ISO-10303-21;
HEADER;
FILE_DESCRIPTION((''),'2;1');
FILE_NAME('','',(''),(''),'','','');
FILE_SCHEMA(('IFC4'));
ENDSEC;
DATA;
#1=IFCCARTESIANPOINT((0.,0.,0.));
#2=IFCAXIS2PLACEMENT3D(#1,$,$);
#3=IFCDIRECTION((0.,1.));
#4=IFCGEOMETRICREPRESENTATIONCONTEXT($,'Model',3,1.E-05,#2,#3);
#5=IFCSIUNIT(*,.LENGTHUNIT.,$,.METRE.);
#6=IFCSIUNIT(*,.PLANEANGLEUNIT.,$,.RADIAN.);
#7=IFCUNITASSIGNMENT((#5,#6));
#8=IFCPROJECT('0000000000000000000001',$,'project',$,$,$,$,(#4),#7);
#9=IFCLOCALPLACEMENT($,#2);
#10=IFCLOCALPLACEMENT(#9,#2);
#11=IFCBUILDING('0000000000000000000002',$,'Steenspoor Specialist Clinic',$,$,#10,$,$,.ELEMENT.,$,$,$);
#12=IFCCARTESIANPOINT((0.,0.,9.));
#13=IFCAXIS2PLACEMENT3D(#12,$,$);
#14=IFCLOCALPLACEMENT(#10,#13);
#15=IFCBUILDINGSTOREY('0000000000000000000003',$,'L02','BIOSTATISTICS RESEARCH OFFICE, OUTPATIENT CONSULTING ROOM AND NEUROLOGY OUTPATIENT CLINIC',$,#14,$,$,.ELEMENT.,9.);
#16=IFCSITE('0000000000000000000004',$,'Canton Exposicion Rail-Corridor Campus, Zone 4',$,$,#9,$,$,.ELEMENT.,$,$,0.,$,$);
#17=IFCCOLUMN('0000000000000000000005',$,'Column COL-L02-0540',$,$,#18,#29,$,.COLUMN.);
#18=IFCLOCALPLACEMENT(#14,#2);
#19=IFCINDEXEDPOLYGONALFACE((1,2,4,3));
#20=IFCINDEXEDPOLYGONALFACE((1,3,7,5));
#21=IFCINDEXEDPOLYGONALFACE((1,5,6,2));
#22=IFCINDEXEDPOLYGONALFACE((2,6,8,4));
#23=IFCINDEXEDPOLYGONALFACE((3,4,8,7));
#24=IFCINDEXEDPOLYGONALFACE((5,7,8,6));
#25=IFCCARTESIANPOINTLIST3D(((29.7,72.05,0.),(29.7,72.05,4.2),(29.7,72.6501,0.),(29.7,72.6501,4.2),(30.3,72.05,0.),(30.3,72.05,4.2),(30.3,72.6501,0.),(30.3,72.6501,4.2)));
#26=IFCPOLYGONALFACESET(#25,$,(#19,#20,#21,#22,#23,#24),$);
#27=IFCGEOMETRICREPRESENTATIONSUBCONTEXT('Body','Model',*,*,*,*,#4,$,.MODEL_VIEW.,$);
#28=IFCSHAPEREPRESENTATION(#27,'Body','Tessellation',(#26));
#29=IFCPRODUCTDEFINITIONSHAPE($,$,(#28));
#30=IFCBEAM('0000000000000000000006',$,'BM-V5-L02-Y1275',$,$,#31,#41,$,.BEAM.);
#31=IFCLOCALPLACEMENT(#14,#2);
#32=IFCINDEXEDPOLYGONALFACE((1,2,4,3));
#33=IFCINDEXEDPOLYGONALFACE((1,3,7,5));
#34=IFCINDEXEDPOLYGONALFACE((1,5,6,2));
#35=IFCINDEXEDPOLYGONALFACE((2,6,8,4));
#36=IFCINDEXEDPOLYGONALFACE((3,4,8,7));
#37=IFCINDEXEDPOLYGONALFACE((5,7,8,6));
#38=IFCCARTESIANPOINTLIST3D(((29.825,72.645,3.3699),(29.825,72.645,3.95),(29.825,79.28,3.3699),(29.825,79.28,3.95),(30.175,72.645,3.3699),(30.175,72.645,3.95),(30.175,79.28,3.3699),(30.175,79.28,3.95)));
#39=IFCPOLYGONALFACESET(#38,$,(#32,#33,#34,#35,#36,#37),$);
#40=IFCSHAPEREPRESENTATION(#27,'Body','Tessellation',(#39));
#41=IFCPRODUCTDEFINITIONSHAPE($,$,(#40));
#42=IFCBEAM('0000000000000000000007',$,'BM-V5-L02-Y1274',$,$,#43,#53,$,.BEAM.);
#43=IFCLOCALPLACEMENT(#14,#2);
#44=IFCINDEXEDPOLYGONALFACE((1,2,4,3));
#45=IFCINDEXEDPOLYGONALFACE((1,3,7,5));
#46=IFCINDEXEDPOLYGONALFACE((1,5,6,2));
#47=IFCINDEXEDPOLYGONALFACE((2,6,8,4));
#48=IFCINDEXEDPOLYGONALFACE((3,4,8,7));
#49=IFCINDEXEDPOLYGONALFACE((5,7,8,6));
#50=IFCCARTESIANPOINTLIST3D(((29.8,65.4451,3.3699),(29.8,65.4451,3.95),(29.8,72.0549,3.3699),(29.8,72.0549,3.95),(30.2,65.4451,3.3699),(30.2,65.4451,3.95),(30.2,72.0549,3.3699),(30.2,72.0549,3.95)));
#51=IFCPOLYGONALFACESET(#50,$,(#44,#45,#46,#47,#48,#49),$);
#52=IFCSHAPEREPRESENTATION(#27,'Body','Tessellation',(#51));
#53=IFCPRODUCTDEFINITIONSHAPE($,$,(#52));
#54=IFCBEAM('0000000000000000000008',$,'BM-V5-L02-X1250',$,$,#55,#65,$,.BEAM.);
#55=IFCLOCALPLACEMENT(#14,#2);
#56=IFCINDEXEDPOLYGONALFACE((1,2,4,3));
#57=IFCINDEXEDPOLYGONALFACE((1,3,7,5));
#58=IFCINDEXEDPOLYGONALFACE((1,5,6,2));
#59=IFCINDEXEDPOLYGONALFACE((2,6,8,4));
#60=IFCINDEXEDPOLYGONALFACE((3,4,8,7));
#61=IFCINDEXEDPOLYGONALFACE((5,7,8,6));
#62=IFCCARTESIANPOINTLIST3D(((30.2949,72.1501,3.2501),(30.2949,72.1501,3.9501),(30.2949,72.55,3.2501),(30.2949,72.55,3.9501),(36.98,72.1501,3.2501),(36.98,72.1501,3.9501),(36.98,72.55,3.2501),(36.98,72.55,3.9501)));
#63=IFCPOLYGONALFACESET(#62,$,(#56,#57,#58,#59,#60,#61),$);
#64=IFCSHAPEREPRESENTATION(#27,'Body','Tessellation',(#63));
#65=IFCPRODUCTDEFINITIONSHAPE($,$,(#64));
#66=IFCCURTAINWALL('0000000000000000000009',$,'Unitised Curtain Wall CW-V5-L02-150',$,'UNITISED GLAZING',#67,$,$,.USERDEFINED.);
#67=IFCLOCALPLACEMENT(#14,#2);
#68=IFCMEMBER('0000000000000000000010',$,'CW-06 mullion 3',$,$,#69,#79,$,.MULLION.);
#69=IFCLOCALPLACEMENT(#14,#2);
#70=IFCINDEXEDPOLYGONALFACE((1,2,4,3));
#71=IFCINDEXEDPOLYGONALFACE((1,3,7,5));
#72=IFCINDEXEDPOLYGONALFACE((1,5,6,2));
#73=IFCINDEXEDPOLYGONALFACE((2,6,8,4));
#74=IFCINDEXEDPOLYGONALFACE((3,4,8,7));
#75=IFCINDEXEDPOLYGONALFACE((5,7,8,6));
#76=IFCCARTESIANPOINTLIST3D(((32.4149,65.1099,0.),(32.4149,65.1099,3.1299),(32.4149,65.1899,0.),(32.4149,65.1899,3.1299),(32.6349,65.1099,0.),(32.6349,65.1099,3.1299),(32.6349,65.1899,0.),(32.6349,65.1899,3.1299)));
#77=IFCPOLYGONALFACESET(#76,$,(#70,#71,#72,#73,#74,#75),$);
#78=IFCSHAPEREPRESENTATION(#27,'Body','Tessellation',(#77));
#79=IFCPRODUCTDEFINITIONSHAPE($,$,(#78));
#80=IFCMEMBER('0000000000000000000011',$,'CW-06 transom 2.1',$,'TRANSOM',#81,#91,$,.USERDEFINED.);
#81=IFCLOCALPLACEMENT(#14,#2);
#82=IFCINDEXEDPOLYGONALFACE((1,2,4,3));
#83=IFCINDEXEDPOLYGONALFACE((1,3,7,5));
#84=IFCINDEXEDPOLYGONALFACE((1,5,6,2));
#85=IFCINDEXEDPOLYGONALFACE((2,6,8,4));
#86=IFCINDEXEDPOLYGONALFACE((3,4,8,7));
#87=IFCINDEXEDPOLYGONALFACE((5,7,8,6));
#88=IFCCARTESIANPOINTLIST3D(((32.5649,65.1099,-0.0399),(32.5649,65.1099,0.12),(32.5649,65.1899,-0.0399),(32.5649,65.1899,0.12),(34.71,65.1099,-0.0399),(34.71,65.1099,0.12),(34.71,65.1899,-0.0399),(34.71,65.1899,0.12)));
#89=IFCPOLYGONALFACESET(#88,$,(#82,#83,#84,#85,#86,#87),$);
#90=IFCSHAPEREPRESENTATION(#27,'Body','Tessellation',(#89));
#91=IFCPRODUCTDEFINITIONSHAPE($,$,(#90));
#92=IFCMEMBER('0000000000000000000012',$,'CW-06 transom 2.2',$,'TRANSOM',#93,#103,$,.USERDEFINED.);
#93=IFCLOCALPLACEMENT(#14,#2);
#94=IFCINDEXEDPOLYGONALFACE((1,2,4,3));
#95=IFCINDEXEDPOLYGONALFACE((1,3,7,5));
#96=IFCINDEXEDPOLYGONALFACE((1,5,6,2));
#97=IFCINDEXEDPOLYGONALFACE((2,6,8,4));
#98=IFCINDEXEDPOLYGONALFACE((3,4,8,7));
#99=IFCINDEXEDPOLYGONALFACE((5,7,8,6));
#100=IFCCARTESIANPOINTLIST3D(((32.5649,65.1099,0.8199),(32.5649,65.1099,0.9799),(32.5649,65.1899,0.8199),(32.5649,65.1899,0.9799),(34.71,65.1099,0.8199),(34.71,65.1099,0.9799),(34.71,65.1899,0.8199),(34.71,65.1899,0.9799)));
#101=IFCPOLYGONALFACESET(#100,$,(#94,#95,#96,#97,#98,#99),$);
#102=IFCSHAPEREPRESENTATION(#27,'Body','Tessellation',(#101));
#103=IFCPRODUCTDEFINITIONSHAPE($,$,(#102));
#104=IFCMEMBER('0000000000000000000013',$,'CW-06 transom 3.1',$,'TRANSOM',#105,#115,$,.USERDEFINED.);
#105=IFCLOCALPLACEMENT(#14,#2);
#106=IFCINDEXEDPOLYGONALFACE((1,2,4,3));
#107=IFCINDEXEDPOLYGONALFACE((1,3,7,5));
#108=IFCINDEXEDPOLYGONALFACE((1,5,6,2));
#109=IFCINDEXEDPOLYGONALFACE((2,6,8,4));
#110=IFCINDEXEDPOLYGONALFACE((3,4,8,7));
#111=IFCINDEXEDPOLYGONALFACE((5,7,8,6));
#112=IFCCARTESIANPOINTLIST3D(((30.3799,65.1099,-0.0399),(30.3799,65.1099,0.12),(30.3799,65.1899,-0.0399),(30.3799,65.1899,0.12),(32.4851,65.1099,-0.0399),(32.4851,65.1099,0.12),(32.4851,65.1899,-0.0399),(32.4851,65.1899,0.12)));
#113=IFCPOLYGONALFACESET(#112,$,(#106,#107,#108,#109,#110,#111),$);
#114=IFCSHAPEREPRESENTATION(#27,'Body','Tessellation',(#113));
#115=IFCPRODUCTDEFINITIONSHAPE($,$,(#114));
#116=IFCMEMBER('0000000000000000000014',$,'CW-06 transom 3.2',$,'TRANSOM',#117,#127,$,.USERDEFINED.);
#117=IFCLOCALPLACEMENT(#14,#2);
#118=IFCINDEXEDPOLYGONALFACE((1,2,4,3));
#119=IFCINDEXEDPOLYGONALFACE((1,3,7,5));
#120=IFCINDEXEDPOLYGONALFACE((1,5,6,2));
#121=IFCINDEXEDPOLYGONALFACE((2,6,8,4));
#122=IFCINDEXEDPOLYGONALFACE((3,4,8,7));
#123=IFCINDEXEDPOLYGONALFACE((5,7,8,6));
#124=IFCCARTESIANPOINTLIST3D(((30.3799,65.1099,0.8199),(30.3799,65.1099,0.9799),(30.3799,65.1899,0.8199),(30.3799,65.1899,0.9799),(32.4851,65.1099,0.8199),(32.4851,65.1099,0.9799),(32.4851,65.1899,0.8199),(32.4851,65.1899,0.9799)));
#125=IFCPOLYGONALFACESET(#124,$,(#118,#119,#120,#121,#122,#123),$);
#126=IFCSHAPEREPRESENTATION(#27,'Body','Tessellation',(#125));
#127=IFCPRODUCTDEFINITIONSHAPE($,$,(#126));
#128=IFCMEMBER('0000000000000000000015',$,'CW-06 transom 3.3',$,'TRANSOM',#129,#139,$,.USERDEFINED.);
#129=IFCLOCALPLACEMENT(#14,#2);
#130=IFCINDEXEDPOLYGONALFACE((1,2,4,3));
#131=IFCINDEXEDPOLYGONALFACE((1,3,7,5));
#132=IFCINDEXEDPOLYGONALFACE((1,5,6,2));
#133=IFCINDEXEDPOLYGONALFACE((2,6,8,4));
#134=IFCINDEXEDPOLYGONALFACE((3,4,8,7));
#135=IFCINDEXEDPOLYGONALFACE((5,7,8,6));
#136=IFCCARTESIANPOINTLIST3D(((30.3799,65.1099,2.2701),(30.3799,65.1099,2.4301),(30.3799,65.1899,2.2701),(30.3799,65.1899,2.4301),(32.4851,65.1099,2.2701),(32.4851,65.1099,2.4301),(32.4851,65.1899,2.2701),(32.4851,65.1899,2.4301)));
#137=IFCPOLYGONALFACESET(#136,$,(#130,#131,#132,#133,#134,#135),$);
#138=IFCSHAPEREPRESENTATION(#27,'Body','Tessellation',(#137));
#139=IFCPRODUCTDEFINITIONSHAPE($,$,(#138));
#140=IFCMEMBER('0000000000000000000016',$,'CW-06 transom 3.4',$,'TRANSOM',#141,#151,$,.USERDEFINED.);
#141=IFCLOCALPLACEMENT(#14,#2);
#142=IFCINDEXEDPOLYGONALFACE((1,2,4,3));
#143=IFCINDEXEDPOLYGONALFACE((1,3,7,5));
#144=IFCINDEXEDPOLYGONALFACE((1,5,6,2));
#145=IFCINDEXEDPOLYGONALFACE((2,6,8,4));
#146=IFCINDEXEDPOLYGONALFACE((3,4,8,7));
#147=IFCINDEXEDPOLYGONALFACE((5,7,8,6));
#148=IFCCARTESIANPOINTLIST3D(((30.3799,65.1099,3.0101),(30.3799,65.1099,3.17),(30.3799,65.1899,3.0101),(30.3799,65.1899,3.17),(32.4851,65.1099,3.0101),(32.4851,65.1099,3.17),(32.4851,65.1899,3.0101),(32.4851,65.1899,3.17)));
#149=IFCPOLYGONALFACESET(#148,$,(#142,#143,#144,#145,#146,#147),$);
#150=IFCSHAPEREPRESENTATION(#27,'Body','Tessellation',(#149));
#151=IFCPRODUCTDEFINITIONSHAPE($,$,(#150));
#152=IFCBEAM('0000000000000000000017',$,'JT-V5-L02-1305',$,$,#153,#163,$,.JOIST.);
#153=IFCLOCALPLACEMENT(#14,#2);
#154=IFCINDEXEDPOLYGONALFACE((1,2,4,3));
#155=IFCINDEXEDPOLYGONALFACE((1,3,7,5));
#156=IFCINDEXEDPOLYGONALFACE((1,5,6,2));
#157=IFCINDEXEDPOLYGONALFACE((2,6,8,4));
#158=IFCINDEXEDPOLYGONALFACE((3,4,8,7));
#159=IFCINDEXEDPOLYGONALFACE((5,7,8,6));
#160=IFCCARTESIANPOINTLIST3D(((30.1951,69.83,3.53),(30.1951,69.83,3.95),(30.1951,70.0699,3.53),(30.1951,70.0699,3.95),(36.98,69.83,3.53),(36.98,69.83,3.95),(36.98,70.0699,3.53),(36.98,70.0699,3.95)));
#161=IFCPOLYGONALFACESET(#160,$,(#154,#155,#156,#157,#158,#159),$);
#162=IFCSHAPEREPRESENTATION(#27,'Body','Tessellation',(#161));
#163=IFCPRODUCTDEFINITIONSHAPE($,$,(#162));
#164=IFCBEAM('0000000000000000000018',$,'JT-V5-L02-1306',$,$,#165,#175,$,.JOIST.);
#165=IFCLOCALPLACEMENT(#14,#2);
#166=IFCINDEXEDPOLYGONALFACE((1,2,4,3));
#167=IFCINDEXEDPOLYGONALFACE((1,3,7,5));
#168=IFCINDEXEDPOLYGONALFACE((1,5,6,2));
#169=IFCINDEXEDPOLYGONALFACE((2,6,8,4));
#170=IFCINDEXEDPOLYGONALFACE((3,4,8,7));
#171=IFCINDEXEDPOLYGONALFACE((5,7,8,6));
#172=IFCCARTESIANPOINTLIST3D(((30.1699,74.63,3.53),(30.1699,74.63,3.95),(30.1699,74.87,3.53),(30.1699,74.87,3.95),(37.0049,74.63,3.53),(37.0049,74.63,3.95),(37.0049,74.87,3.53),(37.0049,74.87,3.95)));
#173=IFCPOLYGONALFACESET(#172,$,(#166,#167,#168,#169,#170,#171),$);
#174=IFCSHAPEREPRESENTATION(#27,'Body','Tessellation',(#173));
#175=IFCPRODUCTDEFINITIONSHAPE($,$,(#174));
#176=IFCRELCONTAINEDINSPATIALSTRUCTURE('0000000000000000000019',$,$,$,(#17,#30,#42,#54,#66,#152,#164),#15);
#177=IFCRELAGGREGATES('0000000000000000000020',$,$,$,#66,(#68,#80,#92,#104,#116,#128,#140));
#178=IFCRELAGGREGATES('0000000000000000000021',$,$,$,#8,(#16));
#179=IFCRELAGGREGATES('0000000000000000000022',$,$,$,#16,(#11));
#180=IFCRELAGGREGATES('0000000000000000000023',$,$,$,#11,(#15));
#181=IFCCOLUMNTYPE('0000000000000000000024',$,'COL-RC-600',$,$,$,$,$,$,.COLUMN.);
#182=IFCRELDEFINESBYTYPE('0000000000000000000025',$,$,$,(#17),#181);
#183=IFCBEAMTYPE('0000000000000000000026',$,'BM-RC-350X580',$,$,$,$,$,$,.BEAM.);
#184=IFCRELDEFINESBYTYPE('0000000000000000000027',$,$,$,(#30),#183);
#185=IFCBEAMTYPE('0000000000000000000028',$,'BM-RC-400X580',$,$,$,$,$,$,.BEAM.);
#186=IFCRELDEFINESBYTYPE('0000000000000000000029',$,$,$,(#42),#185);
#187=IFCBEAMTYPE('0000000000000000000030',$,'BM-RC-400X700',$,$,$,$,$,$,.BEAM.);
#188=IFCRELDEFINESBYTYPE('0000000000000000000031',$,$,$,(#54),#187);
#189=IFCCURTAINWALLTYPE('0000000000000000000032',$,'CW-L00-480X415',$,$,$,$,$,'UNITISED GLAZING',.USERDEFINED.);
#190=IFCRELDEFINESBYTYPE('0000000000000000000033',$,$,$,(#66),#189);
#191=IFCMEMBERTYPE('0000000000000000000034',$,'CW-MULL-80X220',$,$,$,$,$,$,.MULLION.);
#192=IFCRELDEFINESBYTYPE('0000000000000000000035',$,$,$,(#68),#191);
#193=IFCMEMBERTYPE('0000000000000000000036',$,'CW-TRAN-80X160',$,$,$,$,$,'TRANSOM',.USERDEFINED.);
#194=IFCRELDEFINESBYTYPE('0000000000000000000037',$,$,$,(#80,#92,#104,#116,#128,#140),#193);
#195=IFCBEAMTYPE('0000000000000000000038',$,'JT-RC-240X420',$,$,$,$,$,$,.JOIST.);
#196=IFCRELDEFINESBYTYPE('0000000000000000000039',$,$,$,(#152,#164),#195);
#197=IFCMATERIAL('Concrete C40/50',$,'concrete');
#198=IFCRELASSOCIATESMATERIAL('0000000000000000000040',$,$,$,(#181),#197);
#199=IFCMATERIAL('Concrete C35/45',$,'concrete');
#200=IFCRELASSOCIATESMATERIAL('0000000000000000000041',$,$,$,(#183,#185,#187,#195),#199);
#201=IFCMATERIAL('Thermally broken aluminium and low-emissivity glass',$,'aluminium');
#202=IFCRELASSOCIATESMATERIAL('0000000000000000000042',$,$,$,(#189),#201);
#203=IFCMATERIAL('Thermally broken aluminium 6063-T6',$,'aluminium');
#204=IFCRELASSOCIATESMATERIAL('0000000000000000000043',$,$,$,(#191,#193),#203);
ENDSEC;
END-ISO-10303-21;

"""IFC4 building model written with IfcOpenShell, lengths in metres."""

from ifc_helpers import new_model, si_unit, direction, frame, origin, origin_2d, place, context, subcontext, project, spatial, rectangle, extrude, material, material_profile, profile_set, type_object, element, aggregate, save


model = new_model("IFC4")

# Units and contexts
model_context = context("Model", 3, precision=1e-05, world=origin(), true_north=direction((0.0, 1.0)))
body_context = subcontext(model_context, "Body", "Model", "MODEL_VIEW")
ifc_project = project(units=[si_unit("LENGTHUNIT", "METRE"), si_unit("PLANEANGLEUNIT", "RADIAN")], contexts=[model_context])

# Site, building, storey
site_placement = place(None, origin())
site = spatial("IfcSite", under=ifc_project, at=site_placement, Name="Canton Exposicion Rail-Corridor Campus, Zone 4", CompositionType="ELEMENT", RefElevation=0.0)
building_placement = place(site_placement, origin())
building = spatial("IfcBuilding", under=site, at=building_placement, Name="Steenspoor Specialist Clinic", CompositionType="ELEMENT")
storey_placement = place(building_placement, frame((0.0, 0.0, 9.0)))
storey = spatial("IfcBuildingStorey", under=building, at=storey_placement, Name="L02", Description="BIOSTATISTICS RESEARCH OFFICE, OUTPATIENT CONSULTING ROOM AND NEUROLOGY OUTPATIENT CLINIC", CompositionType="ELEMENT", Elevation=9.0)

# Column
ifc_material_1 = material(Name="Concrete C40/50", Category="concrete")
ifc_material_profile_1 = material_profile(ifc_material_1, rectangle(XDim=0.6001, YDim=0.6001, at=origin_2d()), Name="RC-COL-600X600")
ifc_profile_set_1 = profile_set([ifc_material_profile_1], Name="Concrete C40/50")
column_type = type_object("IfcColumnType", Name="COL-RC-600", PredefinedType="COLUMN", material=ifc_profile_set_1)
column_placement = place(storey_placement, frame((30.0, 72.3501, 0.0), z_axis=(0.0, 0.0, 1.0), x_axis=(1.0, 0.0, 0.0)))
element("IfcColumn", 1, at=column_placement, inside=storey, type_object=column_type, Name="Column COL-L02-0540", PredefinedType="COLUMN", context=body_context, shape_type="SweptSolid", body=[
    extrude(rectangle(XDim=0.6001, YDim=0.6001, at=origin_2d()), origin(), (0.0, 0.0, 1.0), 4.2),
])

# Beams
ifc_material_2 = material(Name="Concrete C35/45", Category="concrete")
ifc_material_profile_2 = material_profile(ifc_material_2, rectangle(XDim=0.3501, YDim=0.5801, at=origin_2d()), Name="RC-BM-350X580")
ifc_profile_set_2 = profile_set([ifc_material_profile_2], Name="Concrete C35/45")
beam_type_1 = type_object("IfcBeamType", Name="BM-RC-350X580", PredefinedType="BEAM", material=ifc_profile_set_2)
beam_1_placement = place(storey_placement, frame((30.0, 72.645, 3.6599), z_axis=(0.0, 1.0, 0.0), x_axis=(-1.0, 0.0, 0.0)))
element("IfcBeam", 2, at=beam_1_placement, inside=storey, type_object=beam_type_1, Name="BM-V5-L02-Y1275", PredefinedType="BEAM", context=body_context, shape_type="SweptSolid", body=[
    extrude(rectangle(XDim=0.3501, YDim=0.5801, at=origin_2d()), origin(), (0.0, 0.0, 1.0), 6.635),
])
ifc_material_profile_3 = material_profile(ifc_material_2, rectangle(XDim=0.3999, YDim=0.5801, at=origin_2d()), Name="RC-BM-400X580")
ifc_profile_set_3 = profile_set([ifc_material_profile_3], Name="Concrete C35/45")
beam_type_2 = type_object("IfcBeamType", Name="BM-RC-400X580", PredefinedType="BEAM", material=ifc_profile_set_3)
beam_2_placement = place(storey_placement, frame((30.0, 65.4451, 3.6599), z_axis=(0.0, 1.0, 0.0), x_axis=(-1.0, 0.0, 0.0)))
element("IfcBeam", 3, at=beam_2_placement, inside=storey, type_object=beam_type_2, Name="BM-V5-L02-Y1274", PredefinedType="BEAM", context=body_context, shape_type="SweptSolid", body=[
    extrude(rectangle(XDim=0.3999, YDim=0.5801, at=origin_2d()), origin(), (0.0, 0.0, 1.0), 6.6099),
])
ifc_material_profile_4 = material_profile(ifc_material_2, rectangle(XDim=0.3999, YDim=0.7, at=origin_2d()), Name="RC-BM-400X700")
ifc_profile_set_4 = profile_set([ifc_material_profile_4], Name="Concrete C35/45")
beam_type_3 = type_object("IfcBeamType", Name="BM-RC-400X700", PredefinedType="BEAM", material=ifc_profile_set_4)
beam_3_placement = place(storey_placement, frame((30.2949, 72.3501, 3.6001), z_axis=(1.0, 0.0, 0.0), x_axis=(0.0, 1.0, 0.0)))
element("IfcBeam", 4, at=beam_3_placement, inside=storey, type_object=beam_type_3, Name="BM-V5-L02-X1250", PredefinedType="BEAM", context=body_context, shape_type="SweptSolid", body=[
    extrude(rectangle(XDim=0.3999, YDim=0.7, at=origin_2d()), origin(), (0.0, 0.0, 1.0), 6.6851),
])

# Curtain wall, members
ifc_material_3 = material(Name="Thermally broken aluminium and low-emissivity glass", Category="aluminium")
curtain_wall_type = type_object("IfcCurtainWallType", Name="CW-L00-480X415", ElementType="UNITISED GLAZING", PredefinedType="USERDEFINED", material=ifc_material_3)
curtain_wall_placement = place(storey_placement, origin())
curtain_wall = element("IfcCurtainWall", 5, at=curtain_wall_placement, inside=storey, type_object=curtain_wall_type, Name="Unitised Curtain Wall CW-V5-L02-150", ObjectType="UNITISED GLAZING", PredefinedType="USERDEFINED")
ifc_material_4 = material(Name="Thermally broken aluminium 6063-T6", Category="aluminium")
ifc_material_profile_5 = material_profile(ifc_material_4, rectangle(XDim=0.0801, YDim=0.22, at=origin_2d()), Name="CWM-80X220")
ifc_profile_set_5 = profile_set([ifc_material_profile_5], Name="Thermally broken aluminium 6063-T6")
member_type_1 = type_object("IfcMemberType", Name="CW-MULL-80X220", PredefinedType="MULLION", material=ifc_profile_set_5)
member_1_placement = place(storey_placement, frame((32.5249, 65.1499, 0.0), z_axis=(0.0, 0.0, 1.0), x_axis=(0.0, -1.0, 0.0)))
member_1 = element("IfcMember", 6, at=member_1_placement, type_object=member_type_1, Name="CW-06 mullion 3", PredefinedType="MULLION", context=body_context, shape_type="SweptSolid", body=[
    extrude(rectangle(XDim=0.0801, YDim=0.22, at=origin_2d()), origin(), (0.0, 0.0, 1.0), 3.1299),
])
ifc_material_profile_6 = material_profile(ifc_material_4, rectangle(XDim=0.0801, YDim=0.1599, at=origin_2d()), Name="CWT-80X160")
ifc_profile_set_6 = profile_set([ifc_material_profile_6], Name="Thermally broken aluminium 6063-T6")
member_type_2 = type_object("IfcMemberType", Name="CW-TRAN-80X160", ElementType="TRANSOM", PredefinedType="USERDEFINED", material=ifc_profile_set_6)
member_2_placement = place(storey_placement, frame((34.71, 65.1499, 0.04), z_axis=(-1.0, 0.0, 0.0), x_axis=(0.0, -1.0, 0.0)))
member_2 = element("IfcMember", 7, at=member_2_placement, type_object=member_type_2, Name="CW-06 transom 2.1", ObjectType="TRANSOM", PredefinedType="USERDEFINED", context=body_context, shape_type="SweptSolid", body=[
    extrude(rectangle(XDim=0.0801, YDim=0.1599, at=origin_2d()), origin(), (0.0, 0.0, 1.0), 2.145),
])
member_3_placement = place(storey_placement, frame((34.71, 65.1499, 0.8999), z_axis=(-1.0, 0.0, 0.0), x_axis=(0.0, -1.0, 0.0)))
member_3 = element("IfcMember", 8, at=member_3_placement, type_object=member_type_2, Name="CW-06 transom 2.2", ObjectType="TRANSOM", PredefinedType="USERDEFINED", context=body_context, shape_type="SweptSolid", body=[
    extrude(rectangle(XDim=0.0801, YDim=0.1599, at=origin_2d()), origin(), (0.0, 0.0, 1.0), 2.145),
])
member_4_placement = place(storey_placement, frame((32.4851, 65.1499, 0.04), z_axis=(-1.0, 0.0, 0.0), x_axis=(0.0, -1.0, 0.0)))
member_4 = element("IfcMember", 9, at=member_4_placement, type_object=member_type_2, Name="CW-06 transom 3.1", ObjectType="TRANSOM", PredefinedType="USERDEFINED", context=body_context, shape_type="SweptSolid", body=[
    extrude(rectangle(XDim=0.0801, YDim=0.1599, at=origin_2d()), origin(), (0.0, 0.0, 1.0), 2.1052),
])
member_5_placement = place(storey_placement, frame((32.4851, 65.1499, 0.8999), z_axis=(-1.0, 0.0, 0.0), x_axis=(0.0, -1.0, 0.0)))
member_5 = element("IfcMember", 10, at=member_5_placement, type_object=member_type_2, Name="CW-06 transom 3.2", ObjectType="TRANSOM", PredefinedType="USERDEFINED", context=body_context, shape_type="SweptSolid", body=[
    extrude(rectangle(XDim=0.0801, YDim=0.1599, at=origin_2d()), origin(), (0.0, 0.0, 1.0), 2.1052),
])
member_6_placement = place(storey_placement, frame((32.4851, 65.1499, 2.3501), z_axis=(-1.0, 0.0, 0.0), x_axis=(0.0, -1.0, 0.0)))
member_6 = element("IfcMember", 11, at=member_6_placement, type_object=member_type_2, Name="CW-06 transom 3.3", ObjectType="TRANSOM", PredefinedType="USERDEFINED", context=body_context, shape_type="SweptSolid", body=[
    extrude(rectangle(XDim=0.0801, YDim=0.1599, at=origin_2d()), origin(), (0.0, 0.0, 1.0), 2.1052),
])
member_7_placement = place(storey_placement, frame((32.4851, 65.1499, 3.0901), z_axis=(-1.0, 0.0, 0.0), x_axis=(0.0, -1.0, 0.0)))
member_7 = element("IfcMember", 12, at=member_7_placement, type_object=member_type_2, Name="CW-06 transom 3.4", ObjectType="TRANSOM", PredefinedType="USERDEFINED", context=body_context, shape_type="SweptSolid", body=[
    extrude(rectangle(XDim=0.0801, YDim=0.1599, at=origin_2d()), origin(), (0.0, 0.0, 1.0), 2.1052),
])

# Beams
ifc_material_profile_7 = material_profile(ifc_material_2, rectangle(XDim=0.24, YDim=0.4199, at=origin_2d()), Name="RC-JT-240X420")
ifc_profile_set_7 = profile_set([ifc_material_profile_7], Name="Concrete C35/45")
beam_type_4 = type_object("IfcBeamType", Name="JT-RC-240X420", PredefinedType="JOIST", material=ifc_profile_set_7)
beam_4_placement = place(storey_placement, frame((30.1951, 69.95, 3.74), z_axis=(1.0, 0.0, 0.0), x_axis=(0.0, 1.0, 0.0)))
element("IfcBeam", 13, at=beam_4_placement, inside=storey, type_object=beam_type_4, Name="JT-V5-L02-1305", PredefinedType="JOIST", context=body_context, shape_type="SweptSolid", body=[
    extrude(rectangle(XDim=0.24, YDim=0.4199, at=origin_2d()), origin(), (0.0, 0.0, 1.0), 6.7849),
])
beam_5_placement = place(storey_placement, frame((30.1699, 74.75, 3.74), z_axis=(1.0, 0.0, 0.0), x_axis=(0.0, 1.0, 0.0)))
element("IfcBeam", 14, at=beam_5_placement, inside=storey, type_object=beam_type_4, Name="JT-V5-L02-1306", PredefinedType="JOIST", context=body_context, shape_type="SweptSolid", body=[
    extrude(rectangle(XDim=0.24, YDim=0.4199, at=origin_2d()), origin(), (0.0, 0.0, 1.0), 6.835),
])

aggregate(curtain_wall, [member_1, member_2, member_3, member_4, member_5, member_6, member_7])

save(model, "model.ifc")
